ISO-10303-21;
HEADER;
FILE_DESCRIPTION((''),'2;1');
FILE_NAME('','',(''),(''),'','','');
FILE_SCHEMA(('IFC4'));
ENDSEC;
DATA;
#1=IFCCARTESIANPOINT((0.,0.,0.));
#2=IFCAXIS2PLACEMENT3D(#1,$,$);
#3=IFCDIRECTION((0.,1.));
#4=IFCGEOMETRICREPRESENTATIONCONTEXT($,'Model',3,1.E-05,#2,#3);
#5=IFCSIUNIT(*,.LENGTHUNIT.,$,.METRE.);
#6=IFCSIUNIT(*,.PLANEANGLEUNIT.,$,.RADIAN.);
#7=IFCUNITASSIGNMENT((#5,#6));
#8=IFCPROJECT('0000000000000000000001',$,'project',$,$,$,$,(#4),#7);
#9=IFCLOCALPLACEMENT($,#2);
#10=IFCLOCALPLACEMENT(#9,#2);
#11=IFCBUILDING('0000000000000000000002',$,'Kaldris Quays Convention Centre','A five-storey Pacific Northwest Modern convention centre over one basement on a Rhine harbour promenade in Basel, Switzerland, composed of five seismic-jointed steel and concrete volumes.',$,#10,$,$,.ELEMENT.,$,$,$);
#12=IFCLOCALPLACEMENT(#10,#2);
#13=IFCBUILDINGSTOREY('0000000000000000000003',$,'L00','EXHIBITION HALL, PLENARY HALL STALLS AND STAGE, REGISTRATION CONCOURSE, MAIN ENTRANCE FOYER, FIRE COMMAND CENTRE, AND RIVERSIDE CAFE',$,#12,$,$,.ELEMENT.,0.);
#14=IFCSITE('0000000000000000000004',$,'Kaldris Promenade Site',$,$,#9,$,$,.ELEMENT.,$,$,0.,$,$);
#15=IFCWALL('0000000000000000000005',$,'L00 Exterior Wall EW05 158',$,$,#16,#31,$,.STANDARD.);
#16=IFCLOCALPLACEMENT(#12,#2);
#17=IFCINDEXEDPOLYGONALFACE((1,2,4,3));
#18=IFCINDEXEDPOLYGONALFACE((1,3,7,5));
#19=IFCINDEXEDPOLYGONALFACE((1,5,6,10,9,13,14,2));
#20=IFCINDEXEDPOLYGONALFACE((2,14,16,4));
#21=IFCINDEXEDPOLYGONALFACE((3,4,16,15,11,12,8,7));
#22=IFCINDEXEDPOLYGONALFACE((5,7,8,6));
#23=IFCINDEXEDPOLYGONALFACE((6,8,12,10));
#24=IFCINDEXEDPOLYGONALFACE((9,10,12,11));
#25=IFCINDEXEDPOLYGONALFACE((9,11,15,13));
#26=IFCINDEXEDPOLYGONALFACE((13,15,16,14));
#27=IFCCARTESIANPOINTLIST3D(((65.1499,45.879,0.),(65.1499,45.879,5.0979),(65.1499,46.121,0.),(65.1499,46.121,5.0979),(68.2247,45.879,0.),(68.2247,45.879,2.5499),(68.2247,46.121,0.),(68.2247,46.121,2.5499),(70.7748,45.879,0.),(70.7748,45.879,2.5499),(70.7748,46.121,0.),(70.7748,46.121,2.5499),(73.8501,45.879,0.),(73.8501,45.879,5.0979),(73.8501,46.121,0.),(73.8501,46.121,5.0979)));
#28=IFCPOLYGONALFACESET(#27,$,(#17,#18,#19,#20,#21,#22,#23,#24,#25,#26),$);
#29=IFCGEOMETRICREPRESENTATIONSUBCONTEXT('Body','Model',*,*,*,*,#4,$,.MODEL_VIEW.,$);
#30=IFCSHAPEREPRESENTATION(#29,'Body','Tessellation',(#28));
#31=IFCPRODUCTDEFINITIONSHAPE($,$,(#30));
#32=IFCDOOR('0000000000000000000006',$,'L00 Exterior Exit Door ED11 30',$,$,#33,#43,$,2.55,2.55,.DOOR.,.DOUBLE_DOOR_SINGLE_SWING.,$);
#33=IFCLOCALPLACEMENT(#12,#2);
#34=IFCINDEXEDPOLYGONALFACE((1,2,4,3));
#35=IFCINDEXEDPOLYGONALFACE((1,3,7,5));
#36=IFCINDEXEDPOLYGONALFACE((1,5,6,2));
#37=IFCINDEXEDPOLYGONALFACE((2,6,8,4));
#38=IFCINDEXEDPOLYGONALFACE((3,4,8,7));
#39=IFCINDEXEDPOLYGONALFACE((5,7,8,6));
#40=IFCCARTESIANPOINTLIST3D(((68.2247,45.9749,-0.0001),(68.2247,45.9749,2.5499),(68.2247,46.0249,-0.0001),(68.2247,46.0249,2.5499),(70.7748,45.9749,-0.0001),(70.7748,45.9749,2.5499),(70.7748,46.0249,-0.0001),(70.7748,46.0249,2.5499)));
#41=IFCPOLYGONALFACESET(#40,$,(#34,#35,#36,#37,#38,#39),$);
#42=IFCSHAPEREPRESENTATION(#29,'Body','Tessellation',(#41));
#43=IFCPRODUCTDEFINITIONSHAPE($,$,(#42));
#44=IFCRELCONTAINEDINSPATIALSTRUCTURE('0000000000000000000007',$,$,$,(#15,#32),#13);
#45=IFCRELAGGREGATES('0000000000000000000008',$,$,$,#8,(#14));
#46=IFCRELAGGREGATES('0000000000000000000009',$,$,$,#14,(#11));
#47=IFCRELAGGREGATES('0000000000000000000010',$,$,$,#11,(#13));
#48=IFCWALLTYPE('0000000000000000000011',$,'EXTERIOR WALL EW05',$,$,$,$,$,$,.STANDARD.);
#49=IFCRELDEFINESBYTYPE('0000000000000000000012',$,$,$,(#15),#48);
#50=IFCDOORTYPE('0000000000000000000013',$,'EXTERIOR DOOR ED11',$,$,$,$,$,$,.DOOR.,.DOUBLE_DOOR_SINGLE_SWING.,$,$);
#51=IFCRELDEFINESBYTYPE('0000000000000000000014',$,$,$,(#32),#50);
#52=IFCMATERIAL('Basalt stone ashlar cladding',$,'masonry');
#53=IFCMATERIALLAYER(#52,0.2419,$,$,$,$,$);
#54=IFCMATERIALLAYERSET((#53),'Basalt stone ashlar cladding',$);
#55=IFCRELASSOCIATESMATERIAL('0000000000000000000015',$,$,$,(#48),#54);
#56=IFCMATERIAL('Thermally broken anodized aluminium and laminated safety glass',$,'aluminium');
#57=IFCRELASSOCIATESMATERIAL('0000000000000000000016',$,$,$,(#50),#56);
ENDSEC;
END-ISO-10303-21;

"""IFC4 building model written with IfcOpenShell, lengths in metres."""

from ifc_helpers import new_model, si_unit, direction, frame, frame_2d, origin, place, context, subcontext, project, spatial, rectangle, extrude, material, layer, layer_set, type_object, element, fill, save


model = new_model("IFC4")

# Units and contexts
model_context = context("Model", 3, precision=1e-05, world=origin(), true_north=direction((0.0, 1.0)))
body_context = subcontext(model_context, "Body", "Model", "MODEL_VIEW")
ifc_project = project(units=[si_unit("LENGTHUNIT", "METRE"), si_unit("PLANEANGLEUNIT", "RADIAN")], contexts=[model_context])

# Site, building, storey
site_placement = place(None, origin())
site = spatial("IfcSite", under=ifc_project, at=site_placement, Name="Kaldris Promenade Site", CompositionType="ELEMENT", RefElevation=0.0)
building_placement = place(site_placement, origin())
building = spatial("IfcBuilding", under=site, at=building_placement, Name="Kaldris Quays Convention Centre", Description="A five-storey Pacific Northwest Modern convention centre over one basement on a Rhine harbour promenade in Basel, Switzerland, composed of five seismic-jointed steel and concrete volumes.", CompositionType="ELEMENT")
storey_placement = place(building_placement, origin())
storey = spatial("IfcBuildingStorey", under=building, at=storey_placement, Name="L00", Description="EXHIBITION HALL, PLENARY HALL STALLS AND STAGE, REGISTRATION CONCOURSE, MAIN ENTRANCE FOYER, FIRE COMMAND CENTRE, AND RIVERSIDE CAFE", CompositionType="ELEMENT", Elevation=0.0)

# Wall, opening, door
ifc_material_1 = material(Name="Basalt stone ashlar cladding", Category="masonry")
ifc_layer = layer(ifc_material_1, 0.2419)
ifc_layer_set = layer_set([ifc_layer], Name="Basalt stone ashlar cladding")
wall_type = type_object("IfcWallType", Name="EXTERIOR WALL EW05", PredefinedType="STANDARD", material=ifc_layer_set)
wall_placement = place(storey_placement, frame((65.1499, 46.0, 0.0), z_axis=(0.0, 0.0, 1.0), x_axis=(1.0, 0.0, 0.0)))
wall = element("IfcWall", 1, at=wall_placement, inside=storey, type_object=wall_type, Name="L00 Exterior Wall EW05 158", PredefinedType="STANDARD", context=body_context, shape_type="SweptSolid", body=[
    extrude(rectangle(XDim=8.7002, YDim=0.2419, at=frame_2d((4.3501, 0.0))), origin(), (0.0, 0.0, 1.0), 5.0979),
])
opening_placement = place(wall_placement, frame((3.075, 0.0, 0.0)))
opening = element("IfcOpeningElement", 2, at=opening_placement, cuts=wall, PredefinedType="OPENING", context=body_context, shape_type="SweptSolid", body=[
    extrude(rectangle(XDim=2.55, YDim=2.55, at=frame_2d((1.2749, 1.2749))), frame((0.0, 0.1309, 0.0), z_axis=(0.0, -1.0, 0.0), x_axis=(1.0, 0.0, 0.0)), (0.0, 0.0, 1.0), 0.262),
])
ifc_material_2 = material(Name="Thermally broken anodized aluminium and laminated safety glass", Category="aluminium")
door_type = type_object("IfcDoorType", Name="EXTERIOR DOOR ED11", OperationType="DOUBLE_DOOR_SINGLE_SWING", PredefinedType="DOOR", material=ifc_material_2)
door_placement = place(opening_placement, origin())
door = element("IfcDoor", 3, at=door_placement, inside=storey, type_object=door_type, Name="L00 Exterior Exit Door ED11 30", OperationType="DOUBLE_DOOR_SINGLE_SWING", OverallHeight=2.55, OverallWidth=2.55, PredefinedType="DOOR", context=body_context, shape_type="SweptSolid", body=[
    extrude(rectangle(XDim=2.55, YDim=2.55, at=frame_2d((1.2749, 1.2749))), frame((0.0, 0.0249, 0.0), z_axis=(0.0, -1.0, 0.0), x_axis=(1.0, 0.0, 0.0)), (0.0, 0.0, 1.0), 0.05),
])
fill(opening, door)

save(model, "model.ifc")
